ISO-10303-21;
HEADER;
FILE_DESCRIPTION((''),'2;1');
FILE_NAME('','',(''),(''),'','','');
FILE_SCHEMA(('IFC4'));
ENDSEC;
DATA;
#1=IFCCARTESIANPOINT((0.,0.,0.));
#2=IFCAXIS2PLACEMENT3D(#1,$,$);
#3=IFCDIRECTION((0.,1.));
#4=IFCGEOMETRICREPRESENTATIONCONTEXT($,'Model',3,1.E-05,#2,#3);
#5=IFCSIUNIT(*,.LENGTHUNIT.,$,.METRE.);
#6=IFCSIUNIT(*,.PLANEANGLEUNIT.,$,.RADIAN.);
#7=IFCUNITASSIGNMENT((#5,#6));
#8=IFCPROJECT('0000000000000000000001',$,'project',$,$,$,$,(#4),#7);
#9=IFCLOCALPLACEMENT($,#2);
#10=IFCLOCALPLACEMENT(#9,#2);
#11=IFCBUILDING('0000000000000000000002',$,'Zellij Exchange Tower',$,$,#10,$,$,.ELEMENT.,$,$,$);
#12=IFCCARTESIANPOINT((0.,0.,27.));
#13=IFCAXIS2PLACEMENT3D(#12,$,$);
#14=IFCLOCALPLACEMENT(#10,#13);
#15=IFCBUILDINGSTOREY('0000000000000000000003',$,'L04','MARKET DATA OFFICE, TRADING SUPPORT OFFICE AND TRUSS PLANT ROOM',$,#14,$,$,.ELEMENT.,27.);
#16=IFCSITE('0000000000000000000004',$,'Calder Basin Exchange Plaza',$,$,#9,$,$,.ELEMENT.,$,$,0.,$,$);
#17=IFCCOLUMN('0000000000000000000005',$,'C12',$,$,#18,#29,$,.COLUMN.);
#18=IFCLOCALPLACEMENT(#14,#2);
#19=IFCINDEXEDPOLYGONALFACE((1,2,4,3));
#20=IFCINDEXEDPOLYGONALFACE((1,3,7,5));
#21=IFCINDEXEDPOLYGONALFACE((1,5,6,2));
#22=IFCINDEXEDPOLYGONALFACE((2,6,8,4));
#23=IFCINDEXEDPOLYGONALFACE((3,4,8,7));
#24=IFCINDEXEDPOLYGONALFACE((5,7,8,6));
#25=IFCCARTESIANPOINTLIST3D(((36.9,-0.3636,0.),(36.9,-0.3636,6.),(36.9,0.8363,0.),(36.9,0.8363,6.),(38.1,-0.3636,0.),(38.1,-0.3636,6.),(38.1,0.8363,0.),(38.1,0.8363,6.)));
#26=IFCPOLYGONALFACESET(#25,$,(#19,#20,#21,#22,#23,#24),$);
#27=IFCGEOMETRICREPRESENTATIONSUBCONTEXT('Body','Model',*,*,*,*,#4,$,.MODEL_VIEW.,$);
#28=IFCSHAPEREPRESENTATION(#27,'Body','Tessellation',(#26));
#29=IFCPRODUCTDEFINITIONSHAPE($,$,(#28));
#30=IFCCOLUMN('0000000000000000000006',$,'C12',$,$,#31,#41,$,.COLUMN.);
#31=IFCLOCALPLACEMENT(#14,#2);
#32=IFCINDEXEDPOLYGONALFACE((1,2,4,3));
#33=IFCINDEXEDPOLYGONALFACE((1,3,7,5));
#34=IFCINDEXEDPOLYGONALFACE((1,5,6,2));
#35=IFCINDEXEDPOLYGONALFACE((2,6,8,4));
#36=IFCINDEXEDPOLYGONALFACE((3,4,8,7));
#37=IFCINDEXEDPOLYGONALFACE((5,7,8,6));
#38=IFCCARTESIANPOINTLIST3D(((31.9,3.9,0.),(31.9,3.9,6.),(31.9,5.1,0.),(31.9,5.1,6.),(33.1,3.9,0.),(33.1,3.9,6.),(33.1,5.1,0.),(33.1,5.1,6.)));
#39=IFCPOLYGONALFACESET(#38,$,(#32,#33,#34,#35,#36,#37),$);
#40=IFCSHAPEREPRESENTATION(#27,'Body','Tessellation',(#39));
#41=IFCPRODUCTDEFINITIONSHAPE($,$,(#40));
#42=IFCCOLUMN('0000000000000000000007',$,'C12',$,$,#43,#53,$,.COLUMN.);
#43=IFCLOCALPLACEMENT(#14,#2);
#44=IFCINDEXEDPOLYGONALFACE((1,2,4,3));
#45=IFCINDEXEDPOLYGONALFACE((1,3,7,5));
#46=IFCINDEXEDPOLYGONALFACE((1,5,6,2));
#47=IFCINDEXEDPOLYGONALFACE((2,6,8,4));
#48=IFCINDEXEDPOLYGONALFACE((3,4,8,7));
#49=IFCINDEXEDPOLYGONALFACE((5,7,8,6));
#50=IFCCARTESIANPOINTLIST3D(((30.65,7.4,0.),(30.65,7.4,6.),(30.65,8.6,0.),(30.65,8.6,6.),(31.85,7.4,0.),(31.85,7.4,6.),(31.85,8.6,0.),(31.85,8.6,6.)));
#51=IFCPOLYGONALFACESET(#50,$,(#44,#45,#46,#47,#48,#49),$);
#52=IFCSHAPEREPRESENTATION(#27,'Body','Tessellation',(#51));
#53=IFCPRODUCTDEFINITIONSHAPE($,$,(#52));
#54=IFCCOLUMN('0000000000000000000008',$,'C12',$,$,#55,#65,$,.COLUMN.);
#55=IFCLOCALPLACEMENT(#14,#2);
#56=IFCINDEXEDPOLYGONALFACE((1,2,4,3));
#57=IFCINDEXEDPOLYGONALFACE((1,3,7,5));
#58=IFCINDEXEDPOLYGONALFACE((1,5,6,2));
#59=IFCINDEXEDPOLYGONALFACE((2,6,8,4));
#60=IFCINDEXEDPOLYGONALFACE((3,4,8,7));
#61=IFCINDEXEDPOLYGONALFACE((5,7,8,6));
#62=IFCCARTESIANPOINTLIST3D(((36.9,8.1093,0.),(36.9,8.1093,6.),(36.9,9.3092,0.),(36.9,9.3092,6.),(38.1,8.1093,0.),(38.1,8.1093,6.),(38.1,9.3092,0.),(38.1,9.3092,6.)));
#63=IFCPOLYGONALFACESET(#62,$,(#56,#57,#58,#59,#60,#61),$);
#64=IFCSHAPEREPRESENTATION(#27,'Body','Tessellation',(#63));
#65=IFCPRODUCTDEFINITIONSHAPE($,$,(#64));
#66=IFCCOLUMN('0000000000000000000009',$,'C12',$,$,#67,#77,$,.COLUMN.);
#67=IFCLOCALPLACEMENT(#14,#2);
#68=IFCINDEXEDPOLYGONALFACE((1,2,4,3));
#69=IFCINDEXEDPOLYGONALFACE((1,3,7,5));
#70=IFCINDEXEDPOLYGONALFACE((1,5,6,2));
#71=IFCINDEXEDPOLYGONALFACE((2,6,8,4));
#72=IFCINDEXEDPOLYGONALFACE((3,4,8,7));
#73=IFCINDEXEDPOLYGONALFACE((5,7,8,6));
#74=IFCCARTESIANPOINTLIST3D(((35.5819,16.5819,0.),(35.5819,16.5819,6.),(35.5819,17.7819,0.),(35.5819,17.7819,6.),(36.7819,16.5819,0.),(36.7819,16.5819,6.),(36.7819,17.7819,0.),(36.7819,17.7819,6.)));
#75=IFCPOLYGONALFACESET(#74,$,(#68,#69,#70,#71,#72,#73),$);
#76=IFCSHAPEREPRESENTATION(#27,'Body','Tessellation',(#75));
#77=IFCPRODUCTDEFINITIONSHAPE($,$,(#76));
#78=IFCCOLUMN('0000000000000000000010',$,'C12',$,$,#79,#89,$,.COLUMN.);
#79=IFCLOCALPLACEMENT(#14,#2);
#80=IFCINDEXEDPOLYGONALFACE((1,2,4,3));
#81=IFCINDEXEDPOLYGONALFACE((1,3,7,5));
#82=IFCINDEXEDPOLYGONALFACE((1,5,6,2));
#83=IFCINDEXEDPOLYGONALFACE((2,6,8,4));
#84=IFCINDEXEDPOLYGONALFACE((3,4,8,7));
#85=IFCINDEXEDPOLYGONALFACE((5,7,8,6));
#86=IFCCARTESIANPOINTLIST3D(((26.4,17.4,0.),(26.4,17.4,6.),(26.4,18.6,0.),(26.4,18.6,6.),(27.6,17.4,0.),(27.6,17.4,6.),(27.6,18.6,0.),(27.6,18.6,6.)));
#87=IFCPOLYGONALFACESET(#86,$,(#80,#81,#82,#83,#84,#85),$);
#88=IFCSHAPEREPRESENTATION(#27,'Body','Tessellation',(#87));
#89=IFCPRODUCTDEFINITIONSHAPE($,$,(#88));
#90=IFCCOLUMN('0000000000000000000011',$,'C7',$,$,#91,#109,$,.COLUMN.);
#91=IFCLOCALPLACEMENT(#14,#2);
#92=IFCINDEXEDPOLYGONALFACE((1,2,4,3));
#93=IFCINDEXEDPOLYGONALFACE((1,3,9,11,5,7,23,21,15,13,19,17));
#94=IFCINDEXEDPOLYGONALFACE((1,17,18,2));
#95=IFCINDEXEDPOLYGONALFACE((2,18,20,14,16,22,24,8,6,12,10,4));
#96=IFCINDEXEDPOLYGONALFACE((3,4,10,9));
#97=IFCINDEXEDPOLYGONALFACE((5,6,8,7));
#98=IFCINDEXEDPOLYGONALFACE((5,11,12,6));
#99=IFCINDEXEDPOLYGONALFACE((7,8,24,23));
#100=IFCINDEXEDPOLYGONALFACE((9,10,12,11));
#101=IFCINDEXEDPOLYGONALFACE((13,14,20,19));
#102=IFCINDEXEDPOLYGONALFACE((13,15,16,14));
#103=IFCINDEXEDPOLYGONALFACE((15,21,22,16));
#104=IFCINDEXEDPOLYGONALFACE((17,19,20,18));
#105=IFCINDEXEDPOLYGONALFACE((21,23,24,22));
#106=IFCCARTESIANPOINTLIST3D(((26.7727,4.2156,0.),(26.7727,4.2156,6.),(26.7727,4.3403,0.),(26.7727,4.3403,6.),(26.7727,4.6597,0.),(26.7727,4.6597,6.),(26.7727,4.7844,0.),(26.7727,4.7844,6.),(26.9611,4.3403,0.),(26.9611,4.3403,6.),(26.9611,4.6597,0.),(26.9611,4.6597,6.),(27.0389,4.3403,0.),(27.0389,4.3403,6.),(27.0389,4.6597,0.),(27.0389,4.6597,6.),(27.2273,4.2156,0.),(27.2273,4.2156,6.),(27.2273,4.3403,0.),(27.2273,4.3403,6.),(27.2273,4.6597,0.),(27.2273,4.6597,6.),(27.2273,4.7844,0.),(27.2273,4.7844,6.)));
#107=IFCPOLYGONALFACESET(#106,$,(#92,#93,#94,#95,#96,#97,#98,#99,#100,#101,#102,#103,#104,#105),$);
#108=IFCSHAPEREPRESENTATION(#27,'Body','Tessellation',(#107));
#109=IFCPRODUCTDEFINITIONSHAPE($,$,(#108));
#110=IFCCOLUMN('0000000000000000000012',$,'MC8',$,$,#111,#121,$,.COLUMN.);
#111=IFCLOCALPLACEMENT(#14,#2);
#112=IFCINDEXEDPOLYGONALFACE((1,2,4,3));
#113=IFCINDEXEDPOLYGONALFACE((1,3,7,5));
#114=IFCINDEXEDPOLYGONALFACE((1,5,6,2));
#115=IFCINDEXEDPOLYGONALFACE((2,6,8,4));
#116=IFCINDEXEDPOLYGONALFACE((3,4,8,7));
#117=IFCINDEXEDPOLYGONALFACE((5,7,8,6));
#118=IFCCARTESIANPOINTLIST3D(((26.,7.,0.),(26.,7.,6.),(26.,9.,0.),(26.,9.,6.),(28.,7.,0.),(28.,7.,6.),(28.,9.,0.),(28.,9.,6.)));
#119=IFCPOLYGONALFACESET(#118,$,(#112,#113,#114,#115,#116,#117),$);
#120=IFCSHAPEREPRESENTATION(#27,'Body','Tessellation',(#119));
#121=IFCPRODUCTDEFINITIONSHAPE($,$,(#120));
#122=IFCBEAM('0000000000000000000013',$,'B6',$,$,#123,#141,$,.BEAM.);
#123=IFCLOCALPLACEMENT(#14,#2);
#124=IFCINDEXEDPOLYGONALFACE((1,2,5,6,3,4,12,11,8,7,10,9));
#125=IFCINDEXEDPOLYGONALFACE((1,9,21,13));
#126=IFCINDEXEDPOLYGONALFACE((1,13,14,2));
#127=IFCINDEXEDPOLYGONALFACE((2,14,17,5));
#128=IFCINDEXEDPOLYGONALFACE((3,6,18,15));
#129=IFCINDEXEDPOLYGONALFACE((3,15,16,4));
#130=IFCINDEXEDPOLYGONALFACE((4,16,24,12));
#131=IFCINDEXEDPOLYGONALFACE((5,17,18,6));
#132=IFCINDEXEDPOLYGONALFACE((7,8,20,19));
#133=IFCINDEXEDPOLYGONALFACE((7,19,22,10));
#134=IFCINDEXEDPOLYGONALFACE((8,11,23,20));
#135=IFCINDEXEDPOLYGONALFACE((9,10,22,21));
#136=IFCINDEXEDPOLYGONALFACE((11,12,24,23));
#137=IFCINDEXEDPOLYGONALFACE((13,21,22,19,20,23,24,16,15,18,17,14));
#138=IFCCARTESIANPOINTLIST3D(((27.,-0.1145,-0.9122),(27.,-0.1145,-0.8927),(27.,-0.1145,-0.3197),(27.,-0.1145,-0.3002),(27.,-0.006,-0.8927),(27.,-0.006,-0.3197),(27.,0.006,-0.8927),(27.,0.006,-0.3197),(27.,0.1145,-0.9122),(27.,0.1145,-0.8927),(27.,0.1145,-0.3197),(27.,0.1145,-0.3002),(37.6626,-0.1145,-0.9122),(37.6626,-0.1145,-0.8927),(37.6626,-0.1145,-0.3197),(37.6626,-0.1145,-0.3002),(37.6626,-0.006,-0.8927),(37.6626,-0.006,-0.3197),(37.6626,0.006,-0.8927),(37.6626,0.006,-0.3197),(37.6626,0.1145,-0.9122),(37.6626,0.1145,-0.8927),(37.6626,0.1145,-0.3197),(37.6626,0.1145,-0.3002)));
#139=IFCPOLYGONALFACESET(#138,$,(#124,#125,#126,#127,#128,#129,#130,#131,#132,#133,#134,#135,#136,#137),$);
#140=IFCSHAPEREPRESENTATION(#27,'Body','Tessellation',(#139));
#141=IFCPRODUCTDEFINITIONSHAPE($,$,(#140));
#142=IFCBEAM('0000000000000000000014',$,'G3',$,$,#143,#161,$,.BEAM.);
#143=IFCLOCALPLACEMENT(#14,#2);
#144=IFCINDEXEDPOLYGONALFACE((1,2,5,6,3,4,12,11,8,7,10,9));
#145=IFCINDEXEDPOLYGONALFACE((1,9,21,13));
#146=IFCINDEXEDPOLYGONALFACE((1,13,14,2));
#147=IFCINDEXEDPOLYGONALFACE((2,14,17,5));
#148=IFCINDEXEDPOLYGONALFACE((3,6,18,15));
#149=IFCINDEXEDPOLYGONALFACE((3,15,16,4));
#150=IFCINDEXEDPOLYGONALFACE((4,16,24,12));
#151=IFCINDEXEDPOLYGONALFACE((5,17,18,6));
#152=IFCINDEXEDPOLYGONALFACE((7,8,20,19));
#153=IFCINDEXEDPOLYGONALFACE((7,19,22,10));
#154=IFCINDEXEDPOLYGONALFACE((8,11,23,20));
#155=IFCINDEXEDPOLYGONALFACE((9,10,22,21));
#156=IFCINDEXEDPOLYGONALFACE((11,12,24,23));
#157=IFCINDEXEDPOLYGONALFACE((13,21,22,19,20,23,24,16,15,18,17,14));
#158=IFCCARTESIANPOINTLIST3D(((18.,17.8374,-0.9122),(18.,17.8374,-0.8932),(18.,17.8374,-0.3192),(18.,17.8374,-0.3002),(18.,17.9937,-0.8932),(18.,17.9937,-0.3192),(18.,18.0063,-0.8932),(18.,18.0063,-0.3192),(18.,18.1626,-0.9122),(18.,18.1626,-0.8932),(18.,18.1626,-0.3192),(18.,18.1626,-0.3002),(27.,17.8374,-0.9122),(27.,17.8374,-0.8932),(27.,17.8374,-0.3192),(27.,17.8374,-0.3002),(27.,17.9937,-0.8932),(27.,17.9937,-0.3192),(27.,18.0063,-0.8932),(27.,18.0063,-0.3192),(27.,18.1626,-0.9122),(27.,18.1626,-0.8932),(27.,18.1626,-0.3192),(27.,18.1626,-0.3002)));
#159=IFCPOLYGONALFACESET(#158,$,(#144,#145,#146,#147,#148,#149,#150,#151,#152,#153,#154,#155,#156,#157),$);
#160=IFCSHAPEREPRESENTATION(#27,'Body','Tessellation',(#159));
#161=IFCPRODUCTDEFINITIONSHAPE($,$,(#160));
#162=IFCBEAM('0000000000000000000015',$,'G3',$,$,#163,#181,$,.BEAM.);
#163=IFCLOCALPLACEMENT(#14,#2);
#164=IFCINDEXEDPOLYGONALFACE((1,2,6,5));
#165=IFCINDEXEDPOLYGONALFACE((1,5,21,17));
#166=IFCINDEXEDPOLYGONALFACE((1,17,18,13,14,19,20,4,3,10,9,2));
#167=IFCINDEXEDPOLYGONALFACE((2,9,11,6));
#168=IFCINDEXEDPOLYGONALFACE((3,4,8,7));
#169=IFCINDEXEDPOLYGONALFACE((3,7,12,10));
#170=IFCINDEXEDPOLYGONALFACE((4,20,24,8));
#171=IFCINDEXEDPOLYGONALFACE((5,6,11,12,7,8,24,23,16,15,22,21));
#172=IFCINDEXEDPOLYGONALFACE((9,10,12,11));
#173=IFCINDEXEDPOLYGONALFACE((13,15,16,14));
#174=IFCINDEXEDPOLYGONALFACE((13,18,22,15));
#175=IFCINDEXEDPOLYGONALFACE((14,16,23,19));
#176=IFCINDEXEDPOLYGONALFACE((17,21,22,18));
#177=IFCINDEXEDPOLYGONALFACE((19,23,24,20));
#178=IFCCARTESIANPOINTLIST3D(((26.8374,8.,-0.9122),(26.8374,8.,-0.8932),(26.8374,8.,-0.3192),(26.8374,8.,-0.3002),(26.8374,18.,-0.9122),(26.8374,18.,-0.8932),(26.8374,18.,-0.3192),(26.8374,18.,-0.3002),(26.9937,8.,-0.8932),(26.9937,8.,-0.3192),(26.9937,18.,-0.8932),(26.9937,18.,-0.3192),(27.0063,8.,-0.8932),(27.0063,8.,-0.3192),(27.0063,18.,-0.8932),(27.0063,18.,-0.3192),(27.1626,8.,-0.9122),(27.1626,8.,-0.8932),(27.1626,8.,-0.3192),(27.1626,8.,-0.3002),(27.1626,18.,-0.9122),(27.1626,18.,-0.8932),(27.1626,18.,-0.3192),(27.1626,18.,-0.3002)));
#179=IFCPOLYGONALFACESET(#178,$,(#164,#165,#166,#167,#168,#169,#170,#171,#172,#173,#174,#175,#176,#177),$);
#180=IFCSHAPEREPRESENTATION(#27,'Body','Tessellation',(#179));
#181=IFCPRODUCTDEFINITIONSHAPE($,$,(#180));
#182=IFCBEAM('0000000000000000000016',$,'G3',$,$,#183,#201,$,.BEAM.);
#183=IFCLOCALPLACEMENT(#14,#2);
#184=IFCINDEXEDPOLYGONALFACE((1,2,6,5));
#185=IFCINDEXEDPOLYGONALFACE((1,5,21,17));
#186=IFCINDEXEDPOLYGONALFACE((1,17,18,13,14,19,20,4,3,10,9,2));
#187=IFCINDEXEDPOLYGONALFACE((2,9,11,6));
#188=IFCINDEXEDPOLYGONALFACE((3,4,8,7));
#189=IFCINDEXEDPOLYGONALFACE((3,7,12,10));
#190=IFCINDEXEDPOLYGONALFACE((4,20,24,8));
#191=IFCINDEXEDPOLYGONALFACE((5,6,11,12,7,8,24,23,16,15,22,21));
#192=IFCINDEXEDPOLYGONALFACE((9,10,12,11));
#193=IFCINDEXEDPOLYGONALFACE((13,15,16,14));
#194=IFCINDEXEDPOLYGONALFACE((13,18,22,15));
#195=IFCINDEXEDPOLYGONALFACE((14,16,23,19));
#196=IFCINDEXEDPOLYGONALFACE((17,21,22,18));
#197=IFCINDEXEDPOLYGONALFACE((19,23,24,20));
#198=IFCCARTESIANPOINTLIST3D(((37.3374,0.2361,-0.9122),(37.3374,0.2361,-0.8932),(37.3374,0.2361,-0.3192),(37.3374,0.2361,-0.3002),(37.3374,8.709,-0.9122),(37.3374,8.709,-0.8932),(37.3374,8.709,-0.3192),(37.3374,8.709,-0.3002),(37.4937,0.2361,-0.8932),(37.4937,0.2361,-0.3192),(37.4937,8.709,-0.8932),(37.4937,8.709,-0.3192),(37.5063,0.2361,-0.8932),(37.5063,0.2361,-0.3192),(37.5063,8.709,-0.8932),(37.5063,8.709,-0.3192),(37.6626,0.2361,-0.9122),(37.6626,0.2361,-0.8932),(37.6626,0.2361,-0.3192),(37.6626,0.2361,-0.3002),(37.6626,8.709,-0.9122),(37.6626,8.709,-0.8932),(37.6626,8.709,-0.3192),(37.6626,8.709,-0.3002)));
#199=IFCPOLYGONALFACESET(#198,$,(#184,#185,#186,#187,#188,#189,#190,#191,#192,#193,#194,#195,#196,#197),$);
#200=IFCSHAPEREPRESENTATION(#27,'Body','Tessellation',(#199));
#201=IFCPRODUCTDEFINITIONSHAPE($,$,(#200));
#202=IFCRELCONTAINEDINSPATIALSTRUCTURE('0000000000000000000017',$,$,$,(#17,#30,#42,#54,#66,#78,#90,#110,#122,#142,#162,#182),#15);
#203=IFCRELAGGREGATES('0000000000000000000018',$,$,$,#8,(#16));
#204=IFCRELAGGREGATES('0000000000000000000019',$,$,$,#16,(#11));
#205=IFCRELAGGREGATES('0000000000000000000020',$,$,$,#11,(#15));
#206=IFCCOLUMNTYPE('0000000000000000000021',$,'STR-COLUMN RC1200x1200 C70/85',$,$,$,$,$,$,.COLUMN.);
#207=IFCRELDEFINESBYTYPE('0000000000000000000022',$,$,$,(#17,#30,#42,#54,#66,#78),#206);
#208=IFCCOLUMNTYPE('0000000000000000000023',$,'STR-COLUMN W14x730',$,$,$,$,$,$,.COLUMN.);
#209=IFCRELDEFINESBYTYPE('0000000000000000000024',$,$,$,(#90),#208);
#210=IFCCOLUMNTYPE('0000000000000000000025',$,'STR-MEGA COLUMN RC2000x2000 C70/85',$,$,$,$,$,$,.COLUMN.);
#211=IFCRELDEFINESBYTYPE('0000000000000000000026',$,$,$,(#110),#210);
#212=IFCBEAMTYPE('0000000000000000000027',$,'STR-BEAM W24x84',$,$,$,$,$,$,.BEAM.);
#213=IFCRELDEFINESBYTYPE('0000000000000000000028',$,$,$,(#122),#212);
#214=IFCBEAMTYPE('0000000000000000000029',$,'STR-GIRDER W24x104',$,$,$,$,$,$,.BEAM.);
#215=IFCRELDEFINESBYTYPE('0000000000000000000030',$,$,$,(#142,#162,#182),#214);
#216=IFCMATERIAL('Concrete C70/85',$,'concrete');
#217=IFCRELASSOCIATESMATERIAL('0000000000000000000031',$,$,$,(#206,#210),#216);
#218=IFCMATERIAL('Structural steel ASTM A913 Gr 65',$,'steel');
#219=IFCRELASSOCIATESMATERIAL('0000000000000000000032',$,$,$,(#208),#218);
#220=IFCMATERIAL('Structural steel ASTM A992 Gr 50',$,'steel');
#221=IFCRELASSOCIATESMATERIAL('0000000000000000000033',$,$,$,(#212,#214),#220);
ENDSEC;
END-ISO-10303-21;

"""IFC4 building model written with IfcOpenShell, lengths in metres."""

from ifc_helpers import new_model, si_unit, direction, frame, origin, origin_2d, place, context, subcontext, project, spatial, rectangle, i_section, extrude, material, material_profile, profile_set, type_object, element, save


model = new_model("IFC4")

# Units and contexts
model_context = context("Model", 3, precision=1e-05, world=origin(), true_north=direction((0.0, 1.0)))
body_context = subcontext(model_context, "Body", "Model", "MODEL_VIEW")
ifc_project = project(units=[si_unit("LENGTHUNIT", "METRE"), si_unit("PLANEANGLEUNIT", "RADIAN")], contexts=[model_context])

# Site, building, storey
site_placement = place(None, origin())
site = spatial("IfcSite", under=ifc_project, at=site_placement, Name="Calder Basin Exchange Plaza", CompositionType="ELEMENT", RefElevation=0.0)
building_placement = place(site_placement, origin())
building = spatial("IfcBuilding", under=site, at=building_placement, Name="Zellij Exchange Tower", CompositionType="ELEMENT")
storey_placement = place(building_placement, frame((0.0, 0.0, 27.0)))
storey = spatial("IfcBuildingStorey", under=building, at=storey_placement, Name="L04", Description="MARKET DATA OFFICE, TRADING SUPPORT OFFICE AND TRUSS PLANT ROOM", CompositionType="ELEMENT", Elevation=27.0)

# Columns
ifc_material_1 = material(Name="Concrete C70/85", Category="concrete")
ifc_material_profile_1 = material_profile(ifc_material_1, rectangle(XDim=1.2, YDim=1.2, at=origin_2d()), Name="STR-COLUMN RC1200x1200 C70/85")
ifc_profile_set_1 = profile_set([ifc_material_profile_1], Name="Concrete C70/85")
column_type_1 = type_object("IfcColumnType", Name="STR-COLUMN RC1200x1200 C70/85", PredefinedType="COLUMN", material=ifc_profile_set_1)
for number, where, z_axis, x_axis, name in (
    (1, (37.5, 0.2363, 0.0), (0.0, 0.0, 1.0), (1.0, 0.0, 0.0), "C12"),
    (2, (32.5, 4.5, 0.0), (0.0, 0.0, 1.0), (1.0, 0.0, 0.0), "C12"),
    (3, (31.25, 8.0, 0.0), (0.0, 0.0, 1.0), (1.0, 0.0, 0.0), "C12"),
    (4, (37.5, 8.7092, 0.0), (0.0, 0.0, 1.0), (1.0, 0.0, 0.0), "C12"),
    (5, (36.1819, 17.1819, 0.0), (0.0, 0.0, 1.0), (1.0, 0.0, 0.0), "C12"),
    (6, (27.0, 18.0, 0.0), (0.0, 0.0, 1.0), (1.0, 0.0, 0.0), "C12"),
):
    element("IfcColumn", number, at=place(storey_placement, frame(where, z_axis=z_axis, x_axis=x_axis)), inside=storey, type_object=column_type_1, Name=name, PredefinedType="COLUMN", context=body_context, shape_type="SweptSolid", body=[
        extrude(rectangle(XDim=1.2, YDim=1.2, at=origin_2d()), origin(), (0.0, 0.0, 1.0), 6.0),
    ])
ifc_material_2 = material(Name="Structural steel ASTM A913 Gr 65", Category="steel")
ifc_material_profile_2 = material_profile(ifc_material_2, i_section(OverallWidth=0.4546, OverallDepth=0.5688, WebThickness=0.0779, FlangeThickness=0.1248, at=origin_2d()), Name="W14x730")
ifc_profile_set_2 = profile_set([ifc_material_profile_2], Name="Structural steel ASTM A913 Gr 65")
column_type_2 = type_object("IfcColumnType", Name="STR-COLUMN W14x730", PredefinedType="COLUMN", material=ifc_profile_set_2)
column_1_placement = place(storey_placement, frame((27.0, 4.5, 0.0), z_axis=(0.0, 0.0, 1.0), x_axis=(1.0, 0.0, 0.0)))
element("IfcColumn", 7, at=column_1_placement, inside=storey, type_object=column_type_2, Name="C7", PredefinedType="COLUMN", context=body_context, shape_type="SweptSolid", body=[
    extrude(i_section(OverallWidth=0.4546, OverallDepth=0.5688, WebThickness=0.0779, FlangeThickness=0.1248, at=origin_2d()), origin(), (0.0, 0.0, 1.0), 6.0),
])
ifc_material_profile_3 = material_profile(ifc_material_1, rectangle(XDim=2.0, YDim=2.0, at=origin_2d()), Name="STR-MEGA COLUMN RC2000x2000 C70/85")
ifc_profile_set_3 = profile_set([ifc_material_profile_3], Name="Concrete C70/85")
column_type_3 = type_object("IfcColumnType", Name="STR-MEGA COLUMN RC2000x2000 C70/85", PredefinedType="COLUMN", material=ifc_profile_set_3)
column_2_placement = place(storey_placement, frame((27.0, 8.0, 0.0), z_axis=(0.0, 0.0, 1.0), x_axis=(1.0, 0.0, 0.0)))
element("IfcColumn", 8, at=column_2_placement, inside=storey, type_object=column_type_3, Name="MC8", PredefinedType="COLUMN", context=body_context, shape_type="SweptSolid", body=[
    extrude(rectangle(XDim=2.0, YDim=2.0, at=origin_2d()), origin(), (0.0, 0.0, 1.0), 6.0),
])

# Beams
ifc_material_3 = material(Name="Structural steel ASTM A992 Gr 50", Category="steel")
ifc_material_profile_4 = material_profile(ifc_material_3, i_section(OverallWidth=0.229, OverallDepth=0.6121, WebThickness=0.012, FlangeThickness=0.0195, at=origin_2d()), Name="W24x84")
ifc_profile_set_4 = profile_set([ifc_material_profile_4], Name="Structural steel ASTM A992 Gr 50")
beam_type_1 = type_object("IfcBeamType", Name="STR-BEAM W24x84", PredefinedType="BEAM", material=ifc_profile_set_4)
beam_1_placement = place(storey_placement, frame((27.0, 0.0, -0.6062), z_axis=(1.0, 0.0, 0.0), x_axis=(0.0, 1.0, 0.0)))
element("IfcBeam", 9, at=beam_1_placement, inside=storey, type_object=beam_type_1, Name="B6", PredefinedType="BEAM", context=body_context, shape_type="SweptSolid", body=[
    extrude(i_section(OverallWidth=0.229, OverallDepth=0.6121, WebThickness=0.012, FlangeThickness=0.0195, at=origin_2d()), origin(), (0.0, 0.0, 1.0), 10.6626),
])
ifc_material_profile_5 = material_profile(ifc_material_3, i_section(OverallWidth=0.3252, OverallDepth=0.6121, WebThickness=0.0127, FlangeThickness=0.019, at=origin_2d()), Name="W24x104")
ifc_profile_set_5 = profile_set([ifc_material_profile_5], Name="Structural steel ASTM A992 Gr 50")
beam_type_2 = type_object("IfcBeamType", Name="STR-GIRDER W24x104", PredefinedType="BEAM", material=ifc_profile_set_5)
beam_2_placement = place(storey_placement, frame((18.0, 18.0, -0.6062), z_axis=(1.0, 0.0, 0.0), x_axis=(0.0, 1.0, 0.0)))
element("IfcBeam", 10, at=beam_2_placement, inside=storey, type_object=beam_type_2, Name="G3", PredefinedType="BEAM", context=body_context, shape_type="SweptSolid", body=[
    extrude(i_section(OverallWidth=0.3252, OverallDepth=0.6121, WebThickness=0.0127, FlangeThickness=0.019, at=origin_2d()), origin(), (0.0, 0.0, 1.0), 9.0),
])
beam_3_placement = place(storey_placement, frame((27.0, 8.0, -0.6062), z_axis=(0.0, 1.0, 0.0), x_axis=(-1.0, 0.0, 0.0)))
element("IfcBeam", 11, at=beam_3_placement, inside=storey, type_object=beam_type_2, Name="G3", PredefinedType="BEAM", context=body_context, shape_type="SweptSolid", body=[
    extrude(i_section(OverallWidth=0.3252, OverallDepth=0.6121, WebThickness=0.0127, FlangeThickness=0.019, at=origin_2d()), origin(), (0.0, 0.0, 1.0), 10.0),
])
beam_4_placement = place(storey_placement, frame((37.5, 0.2361, -0.6062), z_axis=(0.0, 1.0, 0.0), x_axis=(-1.0, 0.0, 0.0)))
element("IfcBeam", 12, at=beam_4_placement, inside=storey, type_object=beam_type_2, Name="G3", PredefinedType="BEAM", context=body_context, shape_type="SweptSolid", body=[
    extrude(i_section(OverallWidth=0.3252, OverallDepth=0.6121, WebThickness=0.0127, FlangeThickness=0.019, at=origin_2d()), origin(), (0.0, 0.0, 1.0), 8.4729),
])

save(model, "model.ifc")
